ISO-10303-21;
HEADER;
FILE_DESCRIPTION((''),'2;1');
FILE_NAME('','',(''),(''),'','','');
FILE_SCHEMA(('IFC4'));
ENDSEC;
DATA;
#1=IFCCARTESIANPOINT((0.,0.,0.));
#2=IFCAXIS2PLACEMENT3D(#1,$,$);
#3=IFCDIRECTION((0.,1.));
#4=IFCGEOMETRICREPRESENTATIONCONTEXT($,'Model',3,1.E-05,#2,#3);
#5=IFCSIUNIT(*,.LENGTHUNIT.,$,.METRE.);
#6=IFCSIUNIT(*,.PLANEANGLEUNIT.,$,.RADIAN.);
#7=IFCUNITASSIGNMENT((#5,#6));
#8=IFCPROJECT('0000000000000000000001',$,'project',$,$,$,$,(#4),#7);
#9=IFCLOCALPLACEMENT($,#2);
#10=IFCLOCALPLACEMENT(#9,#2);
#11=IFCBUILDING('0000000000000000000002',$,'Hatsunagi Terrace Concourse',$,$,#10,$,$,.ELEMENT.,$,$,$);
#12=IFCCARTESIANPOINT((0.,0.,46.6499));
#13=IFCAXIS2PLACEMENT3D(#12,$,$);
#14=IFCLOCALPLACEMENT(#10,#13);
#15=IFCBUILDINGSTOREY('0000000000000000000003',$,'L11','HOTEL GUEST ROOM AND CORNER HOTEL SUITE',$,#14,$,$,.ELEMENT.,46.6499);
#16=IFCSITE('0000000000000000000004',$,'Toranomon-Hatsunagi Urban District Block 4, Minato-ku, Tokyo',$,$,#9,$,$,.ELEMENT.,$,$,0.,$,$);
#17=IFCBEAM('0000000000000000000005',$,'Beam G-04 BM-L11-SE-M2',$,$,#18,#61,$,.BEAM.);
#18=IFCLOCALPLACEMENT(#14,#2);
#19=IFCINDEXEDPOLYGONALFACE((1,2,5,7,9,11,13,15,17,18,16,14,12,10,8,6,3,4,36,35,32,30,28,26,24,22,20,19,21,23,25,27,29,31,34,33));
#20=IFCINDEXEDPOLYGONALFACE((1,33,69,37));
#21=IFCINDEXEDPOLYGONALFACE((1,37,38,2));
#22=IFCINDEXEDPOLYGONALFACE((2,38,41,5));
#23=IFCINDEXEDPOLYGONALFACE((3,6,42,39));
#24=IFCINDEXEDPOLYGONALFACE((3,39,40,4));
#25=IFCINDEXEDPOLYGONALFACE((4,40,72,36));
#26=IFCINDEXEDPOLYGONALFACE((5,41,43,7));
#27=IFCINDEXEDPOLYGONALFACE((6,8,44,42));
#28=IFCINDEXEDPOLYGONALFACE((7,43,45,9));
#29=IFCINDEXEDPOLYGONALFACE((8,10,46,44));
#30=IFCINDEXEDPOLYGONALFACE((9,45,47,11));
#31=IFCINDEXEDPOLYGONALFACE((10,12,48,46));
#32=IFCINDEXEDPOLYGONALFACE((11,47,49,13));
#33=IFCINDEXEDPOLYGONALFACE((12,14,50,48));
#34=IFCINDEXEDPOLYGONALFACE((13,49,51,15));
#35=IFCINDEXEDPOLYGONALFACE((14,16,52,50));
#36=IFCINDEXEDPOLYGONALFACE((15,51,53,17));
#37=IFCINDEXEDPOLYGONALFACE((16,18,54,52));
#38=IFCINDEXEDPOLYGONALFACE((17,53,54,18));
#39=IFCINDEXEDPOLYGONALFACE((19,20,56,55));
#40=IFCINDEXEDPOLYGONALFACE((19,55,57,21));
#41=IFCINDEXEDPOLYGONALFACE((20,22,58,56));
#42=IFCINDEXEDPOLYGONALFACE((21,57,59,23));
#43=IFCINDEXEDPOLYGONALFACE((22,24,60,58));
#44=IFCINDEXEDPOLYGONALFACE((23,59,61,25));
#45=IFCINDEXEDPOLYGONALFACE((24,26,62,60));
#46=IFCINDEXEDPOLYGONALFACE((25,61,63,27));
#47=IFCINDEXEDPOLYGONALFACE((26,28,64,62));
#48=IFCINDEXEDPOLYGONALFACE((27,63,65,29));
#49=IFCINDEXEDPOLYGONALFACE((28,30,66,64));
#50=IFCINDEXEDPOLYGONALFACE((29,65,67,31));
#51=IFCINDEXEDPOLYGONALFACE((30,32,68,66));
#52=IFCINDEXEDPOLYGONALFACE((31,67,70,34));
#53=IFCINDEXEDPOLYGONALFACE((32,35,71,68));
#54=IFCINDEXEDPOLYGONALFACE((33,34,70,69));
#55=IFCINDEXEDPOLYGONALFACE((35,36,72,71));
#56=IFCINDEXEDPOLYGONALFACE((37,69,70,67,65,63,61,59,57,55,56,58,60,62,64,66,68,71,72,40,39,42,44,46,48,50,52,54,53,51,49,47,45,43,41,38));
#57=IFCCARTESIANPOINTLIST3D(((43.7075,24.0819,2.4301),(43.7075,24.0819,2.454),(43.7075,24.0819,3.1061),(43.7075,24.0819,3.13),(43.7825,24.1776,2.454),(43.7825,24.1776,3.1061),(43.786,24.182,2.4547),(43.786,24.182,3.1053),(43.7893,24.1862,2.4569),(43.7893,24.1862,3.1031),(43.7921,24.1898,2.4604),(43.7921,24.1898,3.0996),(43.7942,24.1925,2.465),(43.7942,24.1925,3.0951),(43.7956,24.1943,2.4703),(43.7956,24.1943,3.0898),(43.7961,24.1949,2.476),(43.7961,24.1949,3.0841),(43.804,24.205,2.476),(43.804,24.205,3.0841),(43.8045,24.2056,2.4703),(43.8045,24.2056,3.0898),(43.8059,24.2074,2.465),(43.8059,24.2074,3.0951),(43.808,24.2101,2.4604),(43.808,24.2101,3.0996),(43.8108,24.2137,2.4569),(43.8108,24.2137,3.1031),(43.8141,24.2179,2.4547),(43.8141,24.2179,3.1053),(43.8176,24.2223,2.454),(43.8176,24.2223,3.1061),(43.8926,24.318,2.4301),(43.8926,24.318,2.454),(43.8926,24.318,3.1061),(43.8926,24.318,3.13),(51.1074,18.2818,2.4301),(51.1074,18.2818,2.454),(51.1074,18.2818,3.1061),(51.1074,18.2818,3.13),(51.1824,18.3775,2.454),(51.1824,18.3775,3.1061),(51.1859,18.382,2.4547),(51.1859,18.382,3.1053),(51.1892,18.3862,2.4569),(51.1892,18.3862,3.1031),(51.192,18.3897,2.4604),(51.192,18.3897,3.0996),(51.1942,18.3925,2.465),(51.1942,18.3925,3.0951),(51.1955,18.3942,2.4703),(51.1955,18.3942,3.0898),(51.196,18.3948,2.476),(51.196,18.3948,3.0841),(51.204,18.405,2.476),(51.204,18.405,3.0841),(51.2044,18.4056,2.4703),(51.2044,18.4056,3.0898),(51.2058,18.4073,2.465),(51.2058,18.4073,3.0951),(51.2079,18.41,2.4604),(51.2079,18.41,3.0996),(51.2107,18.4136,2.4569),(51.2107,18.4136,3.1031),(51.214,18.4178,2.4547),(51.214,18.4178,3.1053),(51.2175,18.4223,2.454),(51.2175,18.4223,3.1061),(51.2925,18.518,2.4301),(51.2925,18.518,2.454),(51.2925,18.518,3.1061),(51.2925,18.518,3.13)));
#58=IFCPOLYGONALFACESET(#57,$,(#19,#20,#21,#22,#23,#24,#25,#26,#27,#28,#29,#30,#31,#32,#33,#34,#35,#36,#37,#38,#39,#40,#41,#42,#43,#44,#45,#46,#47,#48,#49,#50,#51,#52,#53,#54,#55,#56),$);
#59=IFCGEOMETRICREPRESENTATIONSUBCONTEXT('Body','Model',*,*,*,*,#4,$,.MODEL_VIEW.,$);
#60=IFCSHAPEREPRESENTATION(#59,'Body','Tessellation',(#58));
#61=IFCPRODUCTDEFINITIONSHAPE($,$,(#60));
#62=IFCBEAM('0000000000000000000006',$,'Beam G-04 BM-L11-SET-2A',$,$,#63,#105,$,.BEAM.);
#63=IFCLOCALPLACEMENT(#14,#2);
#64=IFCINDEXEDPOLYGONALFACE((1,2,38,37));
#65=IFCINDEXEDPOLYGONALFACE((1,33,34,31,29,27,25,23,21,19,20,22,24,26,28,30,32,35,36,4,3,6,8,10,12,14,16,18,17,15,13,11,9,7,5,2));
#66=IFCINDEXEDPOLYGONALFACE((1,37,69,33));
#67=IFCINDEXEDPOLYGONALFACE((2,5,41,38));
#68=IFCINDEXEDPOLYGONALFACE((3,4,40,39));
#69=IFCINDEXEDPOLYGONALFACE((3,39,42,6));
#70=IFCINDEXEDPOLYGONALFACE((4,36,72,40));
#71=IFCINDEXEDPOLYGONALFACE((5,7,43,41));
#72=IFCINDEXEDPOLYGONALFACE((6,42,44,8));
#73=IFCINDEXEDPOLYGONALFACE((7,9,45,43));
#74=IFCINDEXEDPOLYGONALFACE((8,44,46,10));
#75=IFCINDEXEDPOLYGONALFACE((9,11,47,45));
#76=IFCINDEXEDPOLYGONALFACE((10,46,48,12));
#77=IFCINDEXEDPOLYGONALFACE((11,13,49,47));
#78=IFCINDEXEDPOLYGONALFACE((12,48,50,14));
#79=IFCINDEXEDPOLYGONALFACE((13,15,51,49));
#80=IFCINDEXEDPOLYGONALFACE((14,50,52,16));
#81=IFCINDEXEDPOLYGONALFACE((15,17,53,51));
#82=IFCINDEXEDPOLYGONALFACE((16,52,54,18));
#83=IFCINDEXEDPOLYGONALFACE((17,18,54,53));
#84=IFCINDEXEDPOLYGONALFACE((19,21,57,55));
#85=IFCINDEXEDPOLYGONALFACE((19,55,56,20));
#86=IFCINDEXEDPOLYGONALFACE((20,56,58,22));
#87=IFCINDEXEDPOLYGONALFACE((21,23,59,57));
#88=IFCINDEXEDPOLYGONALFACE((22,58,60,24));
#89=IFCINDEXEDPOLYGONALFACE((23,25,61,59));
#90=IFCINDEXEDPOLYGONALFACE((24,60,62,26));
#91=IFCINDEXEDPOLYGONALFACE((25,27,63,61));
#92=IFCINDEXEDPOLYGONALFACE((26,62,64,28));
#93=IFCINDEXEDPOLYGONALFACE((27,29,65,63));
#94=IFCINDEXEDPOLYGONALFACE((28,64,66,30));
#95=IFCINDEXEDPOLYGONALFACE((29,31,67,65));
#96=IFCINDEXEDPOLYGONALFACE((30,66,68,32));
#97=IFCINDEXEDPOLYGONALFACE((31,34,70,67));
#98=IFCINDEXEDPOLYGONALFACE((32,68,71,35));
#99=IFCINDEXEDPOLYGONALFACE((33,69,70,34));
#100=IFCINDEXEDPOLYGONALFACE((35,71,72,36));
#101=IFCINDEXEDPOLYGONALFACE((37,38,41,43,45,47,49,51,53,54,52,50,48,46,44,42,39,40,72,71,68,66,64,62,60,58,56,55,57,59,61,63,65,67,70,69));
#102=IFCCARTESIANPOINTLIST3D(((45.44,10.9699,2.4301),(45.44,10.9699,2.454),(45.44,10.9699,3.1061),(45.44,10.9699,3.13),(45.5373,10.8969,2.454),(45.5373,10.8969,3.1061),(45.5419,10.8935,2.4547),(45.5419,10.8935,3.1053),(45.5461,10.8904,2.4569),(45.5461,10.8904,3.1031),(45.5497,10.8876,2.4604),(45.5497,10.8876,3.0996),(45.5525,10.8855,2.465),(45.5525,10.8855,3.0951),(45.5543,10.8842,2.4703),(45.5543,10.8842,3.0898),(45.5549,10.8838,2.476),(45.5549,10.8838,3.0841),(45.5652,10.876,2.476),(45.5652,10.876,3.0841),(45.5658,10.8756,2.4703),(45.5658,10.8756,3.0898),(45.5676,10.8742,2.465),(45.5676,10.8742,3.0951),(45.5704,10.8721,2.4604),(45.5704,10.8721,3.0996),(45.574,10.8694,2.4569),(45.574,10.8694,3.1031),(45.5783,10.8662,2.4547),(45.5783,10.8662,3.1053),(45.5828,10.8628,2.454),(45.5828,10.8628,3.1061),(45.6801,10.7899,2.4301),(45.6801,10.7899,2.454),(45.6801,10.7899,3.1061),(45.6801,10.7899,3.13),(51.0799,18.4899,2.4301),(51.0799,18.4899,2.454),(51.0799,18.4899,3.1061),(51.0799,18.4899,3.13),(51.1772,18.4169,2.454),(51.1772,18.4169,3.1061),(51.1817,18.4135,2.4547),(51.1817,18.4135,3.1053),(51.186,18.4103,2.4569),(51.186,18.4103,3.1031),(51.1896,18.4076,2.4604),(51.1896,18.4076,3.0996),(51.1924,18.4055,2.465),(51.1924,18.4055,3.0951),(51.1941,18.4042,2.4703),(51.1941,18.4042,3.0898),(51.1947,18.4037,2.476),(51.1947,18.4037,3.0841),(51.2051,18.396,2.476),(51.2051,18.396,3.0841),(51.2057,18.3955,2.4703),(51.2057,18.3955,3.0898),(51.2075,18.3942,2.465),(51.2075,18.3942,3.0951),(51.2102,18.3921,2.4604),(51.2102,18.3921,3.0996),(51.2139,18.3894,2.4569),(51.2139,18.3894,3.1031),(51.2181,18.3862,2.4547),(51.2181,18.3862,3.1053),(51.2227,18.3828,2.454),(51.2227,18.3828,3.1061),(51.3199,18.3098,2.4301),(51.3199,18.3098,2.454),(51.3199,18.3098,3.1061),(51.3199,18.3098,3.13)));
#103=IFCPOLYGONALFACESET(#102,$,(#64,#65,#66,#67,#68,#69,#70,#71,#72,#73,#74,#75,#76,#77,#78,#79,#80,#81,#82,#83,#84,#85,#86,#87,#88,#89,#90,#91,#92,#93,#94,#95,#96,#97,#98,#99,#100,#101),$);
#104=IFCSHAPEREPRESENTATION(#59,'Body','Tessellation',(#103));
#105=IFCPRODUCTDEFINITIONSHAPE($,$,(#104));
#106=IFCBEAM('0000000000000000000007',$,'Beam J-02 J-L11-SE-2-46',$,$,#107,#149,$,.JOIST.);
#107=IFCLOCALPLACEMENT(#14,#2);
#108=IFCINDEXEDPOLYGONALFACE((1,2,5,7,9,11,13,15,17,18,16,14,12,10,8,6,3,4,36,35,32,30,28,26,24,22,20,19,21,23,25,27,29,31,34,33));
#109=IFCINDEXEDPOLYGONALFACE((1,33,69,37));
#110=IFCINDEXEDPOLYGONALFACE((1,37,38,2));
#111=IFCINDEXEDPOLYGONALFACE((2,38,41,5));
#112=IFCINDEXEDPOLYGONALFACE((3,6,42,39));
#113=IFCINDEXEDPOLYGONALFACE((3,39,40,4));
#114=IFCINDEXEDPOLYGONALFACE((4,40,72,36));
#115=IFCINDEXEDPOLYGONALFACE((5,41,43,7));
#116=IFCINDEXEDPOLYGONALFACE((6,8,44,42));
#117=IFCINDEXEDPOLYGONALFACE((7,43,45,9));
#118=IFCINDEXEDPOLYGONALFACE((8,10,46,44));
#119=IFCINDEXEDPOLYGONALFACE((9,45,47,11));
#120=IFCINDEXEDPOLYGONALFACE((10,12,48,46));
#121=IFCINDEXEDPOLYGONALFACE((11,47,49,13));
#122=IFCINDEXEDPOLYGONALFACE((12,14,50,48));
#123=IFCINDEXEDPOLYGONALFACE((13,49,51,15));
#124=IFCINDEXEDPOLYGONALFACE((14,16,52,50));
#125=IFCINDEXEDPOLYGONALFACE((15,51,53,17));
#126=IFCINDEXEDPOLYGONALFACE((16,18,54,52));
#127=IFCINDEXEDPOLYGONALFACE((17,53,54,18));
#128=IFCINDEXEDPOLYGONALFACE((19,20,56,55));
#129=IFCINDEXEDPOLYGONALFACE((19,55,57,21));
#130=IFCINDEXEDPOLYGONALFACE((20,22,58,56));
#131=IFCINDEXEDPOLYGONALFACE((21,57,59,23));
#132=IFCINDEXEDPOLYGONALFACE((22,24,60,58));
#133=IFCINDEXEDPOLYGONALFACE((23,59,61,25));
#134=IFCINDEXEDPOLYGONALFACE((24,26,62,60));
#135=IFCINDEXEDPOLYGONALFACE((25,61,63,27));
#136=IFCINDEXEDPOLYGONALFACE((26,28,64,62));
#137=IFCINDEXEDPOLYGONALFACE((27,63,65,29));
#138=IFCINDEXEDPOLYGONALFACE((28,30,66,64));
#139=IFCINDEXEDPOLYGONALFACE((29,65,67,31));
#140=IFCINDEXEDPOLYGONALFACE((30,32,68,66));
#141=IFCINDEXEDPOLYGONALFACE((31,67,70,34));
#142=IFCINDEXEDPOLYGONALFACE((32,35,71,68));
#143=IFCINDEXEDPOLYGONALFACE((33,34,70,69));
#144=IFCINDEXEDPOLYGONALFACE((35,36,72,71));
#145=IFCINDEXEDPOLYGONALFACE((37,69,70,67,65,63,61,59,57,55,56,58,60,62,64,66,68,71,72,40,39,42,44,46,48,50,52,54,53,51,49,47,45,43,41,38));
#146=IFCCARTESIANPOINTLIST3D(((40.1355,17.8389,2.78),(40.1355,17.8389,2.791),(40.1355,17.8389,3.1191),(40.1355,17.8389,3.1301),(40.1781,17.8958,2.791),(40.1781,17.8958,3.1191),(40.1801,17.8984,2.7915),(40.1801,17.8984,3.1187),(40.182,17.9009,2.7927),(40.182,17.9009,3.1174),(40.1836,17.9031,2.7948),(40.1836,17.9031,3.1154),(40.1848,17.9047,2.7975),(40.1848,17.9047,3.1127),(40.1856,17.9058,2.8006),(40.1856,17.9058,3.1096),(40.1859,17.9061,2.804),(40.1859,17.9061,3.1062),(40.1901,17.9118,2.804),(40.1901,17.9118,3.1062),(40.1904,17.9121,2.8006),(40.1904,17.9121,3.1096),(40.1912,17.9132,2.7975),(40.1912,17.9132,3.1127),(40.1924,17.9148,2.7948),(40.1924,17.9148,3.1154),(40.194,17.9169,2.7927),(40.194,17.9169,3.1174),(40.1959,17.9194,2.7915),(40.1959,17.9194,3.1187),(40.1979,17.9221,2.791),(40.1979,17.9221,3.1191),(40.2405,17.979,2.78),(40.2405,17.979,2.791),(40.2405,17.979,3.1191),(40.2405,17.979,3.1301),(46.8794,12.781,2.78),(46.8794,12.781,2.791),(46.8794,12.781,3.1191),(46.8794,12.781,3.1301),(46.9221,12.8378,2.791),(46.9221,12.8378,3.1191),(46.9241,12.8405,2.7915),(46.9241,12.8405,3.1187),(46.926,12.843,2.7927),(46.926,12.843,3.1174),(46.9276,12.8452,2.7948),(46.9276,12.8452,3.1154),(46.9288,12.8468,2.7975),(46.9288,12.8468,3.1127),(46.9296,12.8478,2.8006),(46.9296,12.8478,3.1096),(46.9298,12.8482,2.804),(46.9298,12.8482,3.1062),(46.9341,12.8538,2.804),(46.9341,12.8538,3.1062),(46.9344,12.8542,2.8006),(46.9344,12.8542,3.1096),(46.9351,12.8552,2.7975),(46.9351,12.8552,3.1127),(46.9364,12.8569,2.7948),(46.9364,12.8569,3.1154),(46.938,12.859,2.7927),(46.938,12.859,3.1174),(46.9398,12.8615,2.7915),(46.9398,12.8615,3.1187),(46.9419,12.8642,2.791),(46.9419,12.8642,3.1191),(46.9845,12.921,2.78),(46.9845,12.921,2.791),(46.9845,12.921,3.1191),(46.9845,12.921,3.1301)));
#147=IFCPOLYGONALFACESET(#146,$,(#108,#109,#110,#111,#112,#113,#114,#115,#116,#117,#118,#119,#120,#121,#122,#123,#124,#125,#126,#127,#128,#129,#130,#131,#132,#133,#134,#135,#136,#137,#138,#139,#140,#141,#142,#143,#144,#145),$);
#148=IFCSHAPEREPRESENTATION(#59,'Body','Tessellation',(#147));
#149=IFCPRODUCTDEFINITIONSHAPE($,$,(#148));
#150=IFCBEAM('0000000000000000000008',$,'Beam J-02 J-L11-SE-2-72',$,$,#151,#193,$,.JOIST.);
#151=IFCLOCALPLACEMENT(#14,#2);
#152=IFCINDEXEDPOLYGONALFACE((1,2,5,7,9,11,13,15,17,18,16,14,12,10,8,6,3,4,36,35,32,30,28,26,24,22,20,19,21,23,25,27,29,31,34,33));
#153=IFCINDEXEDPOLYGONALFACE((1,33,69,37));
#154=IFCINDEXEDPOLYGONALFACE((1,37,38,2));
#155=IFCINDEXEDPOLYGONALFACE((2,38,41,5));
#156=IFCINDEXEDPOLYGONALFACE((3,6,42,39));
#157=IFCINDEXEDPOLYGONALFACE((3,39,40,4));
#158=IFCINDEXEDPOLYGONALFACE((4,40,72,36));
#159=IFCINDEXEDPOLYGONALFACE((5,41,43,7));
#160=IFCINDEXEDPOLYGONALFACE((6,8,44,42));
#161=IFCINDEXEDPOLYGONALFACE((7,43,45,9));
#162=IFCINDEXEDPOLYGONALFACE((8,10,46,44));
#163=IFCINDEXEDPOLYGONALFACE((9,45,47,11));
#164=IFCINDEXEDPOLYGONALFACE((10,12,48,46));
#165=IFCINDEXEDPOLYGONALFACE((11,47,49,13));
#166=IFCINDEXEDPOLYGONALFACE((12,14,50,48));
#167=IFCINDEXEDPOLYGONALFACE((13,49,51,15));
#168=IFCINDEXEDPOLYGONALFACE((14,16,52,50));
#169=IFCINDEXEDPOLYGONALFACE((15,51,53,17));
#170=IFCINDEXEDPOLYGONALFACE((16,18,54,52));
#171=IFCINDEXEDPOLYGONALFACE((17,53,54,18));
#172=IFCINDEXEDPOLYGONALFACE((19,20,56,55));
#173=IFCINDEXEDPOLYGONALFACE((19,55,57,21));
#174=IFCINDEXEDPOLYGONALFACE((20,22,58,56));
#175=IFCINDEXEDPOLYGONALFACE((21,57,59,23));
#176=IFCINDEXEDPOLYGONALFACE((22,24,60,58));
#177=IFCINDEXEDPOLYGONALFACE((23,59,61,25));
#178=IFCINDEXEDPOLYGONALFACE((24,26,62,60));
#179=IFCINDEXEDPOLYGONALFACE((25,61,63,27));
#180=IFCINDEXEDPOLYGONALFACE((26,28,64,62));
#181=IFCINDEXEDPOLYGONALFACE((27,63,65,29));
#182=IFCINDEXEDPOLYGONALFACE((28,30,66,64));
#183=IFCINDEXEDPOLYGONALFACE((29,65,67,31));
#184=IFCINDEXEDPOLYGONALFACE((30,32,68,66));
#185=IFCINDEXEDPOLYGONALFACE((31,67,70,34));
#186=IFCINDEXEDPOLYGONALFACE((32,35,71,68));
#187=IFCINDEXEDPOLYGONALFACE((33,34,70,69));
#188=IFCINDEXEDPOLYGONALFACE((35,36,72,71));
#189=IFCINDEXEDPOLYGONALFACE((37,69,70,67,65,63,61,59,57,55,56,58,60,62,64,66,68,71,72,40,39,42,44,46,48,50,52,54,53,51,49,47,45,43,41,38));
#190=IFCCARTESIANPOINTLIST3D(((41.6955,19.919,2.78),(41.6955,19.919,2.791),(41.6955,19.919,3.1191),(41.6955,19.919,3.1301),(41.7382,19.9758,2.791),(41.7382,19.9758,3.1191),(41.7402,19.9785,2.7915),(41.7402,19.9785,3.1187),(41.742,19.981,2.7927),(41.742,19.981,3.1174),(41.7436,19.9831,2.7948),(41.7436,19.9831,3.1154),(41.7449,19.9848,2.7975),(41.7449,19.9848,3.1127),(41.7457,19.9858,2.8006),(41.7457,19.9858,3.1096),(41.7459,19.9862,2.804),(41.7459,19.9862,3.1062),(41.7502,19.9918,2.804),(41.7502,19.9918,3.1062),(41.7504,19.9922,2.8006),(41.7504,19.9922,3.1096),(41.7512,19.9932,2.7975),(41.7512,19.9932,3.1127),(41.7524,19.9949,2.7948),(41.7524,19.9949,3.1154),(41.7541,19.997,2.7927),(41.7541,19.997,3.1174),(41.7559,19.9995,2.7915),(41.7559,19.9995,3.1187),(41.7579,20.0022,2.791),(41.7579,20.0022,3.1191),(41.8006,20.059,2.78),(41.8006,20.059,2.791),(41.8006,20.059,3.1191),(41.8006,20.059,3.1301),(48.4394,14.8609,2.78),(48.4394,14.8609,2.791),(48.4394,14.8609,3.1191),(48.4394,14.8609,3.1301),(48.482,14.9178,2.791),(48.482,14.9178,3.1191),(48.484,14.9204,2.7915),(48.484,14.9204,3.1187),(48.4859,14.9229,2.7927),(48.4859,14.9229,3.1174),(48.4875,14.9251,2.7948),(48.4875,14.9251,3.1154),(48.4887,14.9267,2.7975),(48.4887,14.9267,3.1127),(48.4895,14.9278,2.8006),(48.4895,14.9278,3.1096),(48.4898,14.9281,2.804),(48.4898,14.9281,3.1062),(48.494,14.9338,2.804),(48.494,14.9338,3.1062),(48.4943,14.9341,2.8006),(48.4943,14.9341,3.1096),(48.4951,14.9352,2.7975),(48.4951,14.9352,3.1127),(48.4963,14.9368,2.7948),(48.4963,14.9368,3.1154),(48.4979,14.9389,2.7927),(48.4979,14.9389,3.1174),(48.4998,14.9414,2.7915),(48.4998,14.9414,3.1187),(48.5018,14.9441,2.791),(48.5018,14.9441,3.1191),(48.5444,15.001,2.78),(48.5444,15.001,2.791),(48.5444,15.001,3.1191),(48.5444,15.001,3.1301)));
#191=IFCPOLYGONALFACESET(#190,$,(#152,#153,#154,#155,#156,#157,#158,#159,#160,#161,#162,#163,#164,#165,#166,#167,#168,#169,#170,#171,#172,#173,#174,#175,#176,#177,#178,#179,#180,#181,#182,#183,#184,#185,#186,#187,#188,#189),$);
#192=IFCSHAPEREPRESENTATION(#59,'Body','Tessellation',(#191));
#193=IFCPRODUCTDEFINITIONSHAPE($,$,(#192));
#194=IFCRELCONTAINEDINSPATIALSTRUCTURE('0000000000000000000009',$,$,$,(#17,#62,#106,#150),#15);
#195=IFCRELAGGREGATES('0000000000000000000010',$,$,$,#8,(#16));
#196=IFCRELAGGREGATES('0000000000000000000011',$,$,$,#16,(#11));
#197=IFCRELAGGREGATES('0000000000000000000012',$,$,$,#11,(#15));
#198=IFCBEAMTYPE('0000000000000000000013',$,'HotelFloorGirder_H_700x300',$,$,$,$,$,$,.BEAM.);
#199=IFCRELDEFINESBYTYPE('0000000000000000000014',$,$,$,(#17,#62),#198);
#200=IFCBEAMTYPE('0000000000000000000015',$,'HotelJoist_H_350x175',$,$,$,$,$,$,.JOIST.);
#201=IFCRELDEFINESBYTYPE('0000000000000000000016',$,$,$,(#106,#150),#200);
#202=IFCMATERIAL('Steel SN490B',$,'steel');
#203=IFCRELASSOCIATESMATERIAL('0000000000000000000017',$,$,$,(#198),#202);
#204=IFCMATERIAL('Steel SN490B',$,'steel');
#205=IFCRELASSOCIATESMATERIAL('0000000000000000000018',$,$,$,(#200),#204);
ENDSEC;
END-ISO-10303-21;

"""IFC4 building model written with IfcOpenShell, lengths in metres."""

from ifc_helpers import new_model, si_unit, direction, frame, origin, origin_2d, place, context, subcontext, project, spatial, i_section, extrude, material, material_profile, profile_set, type_object, element, save


model = new_model("IFC4")

# Units and contexts
model_context = context("Model", 3, precision=1e-05, world=origin(), true_north=direction((0.0, 1.0)))
body_context = subcontext(model_context, "Body", "Model", "MODEL_VIEW")
ifc_project = project(units=[si_unit("LENGTHUNIT", "METRE"), si_unit("PLANEANGLEUNIT", "RADIAN")], contexts=[model_context])

# Site, building, storey
site_placement = place(None, origin())
site = spatial("IfcSite", under=ifc_project, at=site_placement, Name="Toranomon-Hatsunagi Urban District Block 4, Minato-ku, Tokyo", CompositionType="ELEMENT", RefElevation=0.0)
building_placement = place(site_placement, origin())
building = spatial("IfcBuilding", under=site, at=building_placement, Name="Hatsunagi Terrace Concourse", CompositionType="ELEMENT")
storey_placement = place(building_placement, frame((0.0, 0.0, 46.6499)))
storey = spatial("IfcBuildingStorey", under=building, at=storey_placement, Name="L11", Description="HOTEL GUEST ROOM AND CORNER HOTEL SUITE", CompositionType="ELEMENT", Elevation=46.6499)

# Beams
ifc_material_1 = material(Name="Steel SN490B", Category="steel")
ifc_material_profile_1 = material_profile(ifc_material_1, i_section(OverallWidth=0.3, OverallDepth=0.7, WebThickness=0.0129, FlangeThickness=0.0239, FilletRadius=0.022, at=origin_2d()), Name="H-700x300x13x24")
ifc_profile_set_1 = profile_set([ifc_material_profile_1], Name="Steel SN490B")
beam_type_1 = type_object("IfcBeamType", Name="HotelFloorGirder_H_700x300", PredefinedType="BEAM", material=ifc_profile_set_1)
beam_1_placement = place(storey_placement, frame((43.8, 24.2, 2.78), z_axis=(0.787049, -0.61689, 0.0), x_axis=(0.61689, 0.787049, 0.0)))
element("IfcBeam", 1, at=beam_1_placement, inside=storey, type_object=beam_type_1, Name="Beam G-04 BM-L11-SE-M2", PredefinedType="BEAM", context=body_context, shape_type="SweptSolid", body=[
    extrude(i_section(OverallWidth=0.3, OverallDepth=0.7, WebThickness=0.0129, FlangeThickness=0.0239, FilletRadius=0.022, at=origin_2d()), origin(), (0.0, 0.0, 1.0), 9.4021),
])
beam_2_placement = place(storey_placement, frame((45.5601, 10.8799, 2.78), z_axis=(0.599992, 0.800006, 0.0), x_axis=(-0.800006, 0.599992, 0.0)))
element("IfcBeam", 2, at=beam_2_placement, inside=storey, type_object=beam_type_1, Name="Beam G-04 BM-L11-SET-2A", PredefinedType="BEAM", context=body_context, shape_type="SweptSolid", body=[
    extrude(i_section(OverallWidth=0.3, OverallDepth=0.7, WebThickness=0.0129, FlangeThickness=0.0239, FilletRadius=0.022, at=origin_2d()), origin(), (0.0, 0.0, 1.0), 9.3999),
])
ifc_material_2 = material(Name="Steel SN490B", Category="steel")
ifc_material_profile_2 = material_profile(ifc_material_2, i_section(OverallWidth=0.175, OverallDepth=0.3501, WebThickness=0.0071, FlangeThickness=0.011, FilletRadius=0.0129, at=origin_2d()), Name="H-350x175x7x11")
ifc_profile_set_2 = profile_set([ifc_material_profile_2], Name="Steel SN490B")
beam_type_2 = type_object("IfcBeamType", Name="HotelJoist_H_350x175", PredefinedType="JOIST", material=ifc_profile_set_2)
for number, where, z_axis, x_axis, name in (
    (3, (40.188, 17.9089, 2.9551), (0.800003, -0.599995, 0.0), (0.599995, 0.800003, 0.0), "Beam J-02 J-L11-SE-2-46"),
    (4, (41.748, 19.989, 2.9551), (0.79999, -0.600014, 0.0), (0.600014, 0.79999, 0.0), "Beam J-02 J-L11-SE-2-72"),
):
    element("IfcBeam", number, at=place(storey_placement, frame(where, z_axis=z_axis, x_axis=x_axis)), inside=storey, type_object=beam_type_2, Name=name, PredefinedType="JOIST", context=body_context, shape_type="SweptSolid", body=[
        extrude(i_section(OverallWidth=0.175, OverallDepth=0.3501, WebThickness=0.0071, FlangeThickness=0.011, FilletRadius=0.0129, at=origin_2d()), origin(), (0.0, 0.0, 1.0), 8.4299),
    ])

save(model, "model.ifc")
